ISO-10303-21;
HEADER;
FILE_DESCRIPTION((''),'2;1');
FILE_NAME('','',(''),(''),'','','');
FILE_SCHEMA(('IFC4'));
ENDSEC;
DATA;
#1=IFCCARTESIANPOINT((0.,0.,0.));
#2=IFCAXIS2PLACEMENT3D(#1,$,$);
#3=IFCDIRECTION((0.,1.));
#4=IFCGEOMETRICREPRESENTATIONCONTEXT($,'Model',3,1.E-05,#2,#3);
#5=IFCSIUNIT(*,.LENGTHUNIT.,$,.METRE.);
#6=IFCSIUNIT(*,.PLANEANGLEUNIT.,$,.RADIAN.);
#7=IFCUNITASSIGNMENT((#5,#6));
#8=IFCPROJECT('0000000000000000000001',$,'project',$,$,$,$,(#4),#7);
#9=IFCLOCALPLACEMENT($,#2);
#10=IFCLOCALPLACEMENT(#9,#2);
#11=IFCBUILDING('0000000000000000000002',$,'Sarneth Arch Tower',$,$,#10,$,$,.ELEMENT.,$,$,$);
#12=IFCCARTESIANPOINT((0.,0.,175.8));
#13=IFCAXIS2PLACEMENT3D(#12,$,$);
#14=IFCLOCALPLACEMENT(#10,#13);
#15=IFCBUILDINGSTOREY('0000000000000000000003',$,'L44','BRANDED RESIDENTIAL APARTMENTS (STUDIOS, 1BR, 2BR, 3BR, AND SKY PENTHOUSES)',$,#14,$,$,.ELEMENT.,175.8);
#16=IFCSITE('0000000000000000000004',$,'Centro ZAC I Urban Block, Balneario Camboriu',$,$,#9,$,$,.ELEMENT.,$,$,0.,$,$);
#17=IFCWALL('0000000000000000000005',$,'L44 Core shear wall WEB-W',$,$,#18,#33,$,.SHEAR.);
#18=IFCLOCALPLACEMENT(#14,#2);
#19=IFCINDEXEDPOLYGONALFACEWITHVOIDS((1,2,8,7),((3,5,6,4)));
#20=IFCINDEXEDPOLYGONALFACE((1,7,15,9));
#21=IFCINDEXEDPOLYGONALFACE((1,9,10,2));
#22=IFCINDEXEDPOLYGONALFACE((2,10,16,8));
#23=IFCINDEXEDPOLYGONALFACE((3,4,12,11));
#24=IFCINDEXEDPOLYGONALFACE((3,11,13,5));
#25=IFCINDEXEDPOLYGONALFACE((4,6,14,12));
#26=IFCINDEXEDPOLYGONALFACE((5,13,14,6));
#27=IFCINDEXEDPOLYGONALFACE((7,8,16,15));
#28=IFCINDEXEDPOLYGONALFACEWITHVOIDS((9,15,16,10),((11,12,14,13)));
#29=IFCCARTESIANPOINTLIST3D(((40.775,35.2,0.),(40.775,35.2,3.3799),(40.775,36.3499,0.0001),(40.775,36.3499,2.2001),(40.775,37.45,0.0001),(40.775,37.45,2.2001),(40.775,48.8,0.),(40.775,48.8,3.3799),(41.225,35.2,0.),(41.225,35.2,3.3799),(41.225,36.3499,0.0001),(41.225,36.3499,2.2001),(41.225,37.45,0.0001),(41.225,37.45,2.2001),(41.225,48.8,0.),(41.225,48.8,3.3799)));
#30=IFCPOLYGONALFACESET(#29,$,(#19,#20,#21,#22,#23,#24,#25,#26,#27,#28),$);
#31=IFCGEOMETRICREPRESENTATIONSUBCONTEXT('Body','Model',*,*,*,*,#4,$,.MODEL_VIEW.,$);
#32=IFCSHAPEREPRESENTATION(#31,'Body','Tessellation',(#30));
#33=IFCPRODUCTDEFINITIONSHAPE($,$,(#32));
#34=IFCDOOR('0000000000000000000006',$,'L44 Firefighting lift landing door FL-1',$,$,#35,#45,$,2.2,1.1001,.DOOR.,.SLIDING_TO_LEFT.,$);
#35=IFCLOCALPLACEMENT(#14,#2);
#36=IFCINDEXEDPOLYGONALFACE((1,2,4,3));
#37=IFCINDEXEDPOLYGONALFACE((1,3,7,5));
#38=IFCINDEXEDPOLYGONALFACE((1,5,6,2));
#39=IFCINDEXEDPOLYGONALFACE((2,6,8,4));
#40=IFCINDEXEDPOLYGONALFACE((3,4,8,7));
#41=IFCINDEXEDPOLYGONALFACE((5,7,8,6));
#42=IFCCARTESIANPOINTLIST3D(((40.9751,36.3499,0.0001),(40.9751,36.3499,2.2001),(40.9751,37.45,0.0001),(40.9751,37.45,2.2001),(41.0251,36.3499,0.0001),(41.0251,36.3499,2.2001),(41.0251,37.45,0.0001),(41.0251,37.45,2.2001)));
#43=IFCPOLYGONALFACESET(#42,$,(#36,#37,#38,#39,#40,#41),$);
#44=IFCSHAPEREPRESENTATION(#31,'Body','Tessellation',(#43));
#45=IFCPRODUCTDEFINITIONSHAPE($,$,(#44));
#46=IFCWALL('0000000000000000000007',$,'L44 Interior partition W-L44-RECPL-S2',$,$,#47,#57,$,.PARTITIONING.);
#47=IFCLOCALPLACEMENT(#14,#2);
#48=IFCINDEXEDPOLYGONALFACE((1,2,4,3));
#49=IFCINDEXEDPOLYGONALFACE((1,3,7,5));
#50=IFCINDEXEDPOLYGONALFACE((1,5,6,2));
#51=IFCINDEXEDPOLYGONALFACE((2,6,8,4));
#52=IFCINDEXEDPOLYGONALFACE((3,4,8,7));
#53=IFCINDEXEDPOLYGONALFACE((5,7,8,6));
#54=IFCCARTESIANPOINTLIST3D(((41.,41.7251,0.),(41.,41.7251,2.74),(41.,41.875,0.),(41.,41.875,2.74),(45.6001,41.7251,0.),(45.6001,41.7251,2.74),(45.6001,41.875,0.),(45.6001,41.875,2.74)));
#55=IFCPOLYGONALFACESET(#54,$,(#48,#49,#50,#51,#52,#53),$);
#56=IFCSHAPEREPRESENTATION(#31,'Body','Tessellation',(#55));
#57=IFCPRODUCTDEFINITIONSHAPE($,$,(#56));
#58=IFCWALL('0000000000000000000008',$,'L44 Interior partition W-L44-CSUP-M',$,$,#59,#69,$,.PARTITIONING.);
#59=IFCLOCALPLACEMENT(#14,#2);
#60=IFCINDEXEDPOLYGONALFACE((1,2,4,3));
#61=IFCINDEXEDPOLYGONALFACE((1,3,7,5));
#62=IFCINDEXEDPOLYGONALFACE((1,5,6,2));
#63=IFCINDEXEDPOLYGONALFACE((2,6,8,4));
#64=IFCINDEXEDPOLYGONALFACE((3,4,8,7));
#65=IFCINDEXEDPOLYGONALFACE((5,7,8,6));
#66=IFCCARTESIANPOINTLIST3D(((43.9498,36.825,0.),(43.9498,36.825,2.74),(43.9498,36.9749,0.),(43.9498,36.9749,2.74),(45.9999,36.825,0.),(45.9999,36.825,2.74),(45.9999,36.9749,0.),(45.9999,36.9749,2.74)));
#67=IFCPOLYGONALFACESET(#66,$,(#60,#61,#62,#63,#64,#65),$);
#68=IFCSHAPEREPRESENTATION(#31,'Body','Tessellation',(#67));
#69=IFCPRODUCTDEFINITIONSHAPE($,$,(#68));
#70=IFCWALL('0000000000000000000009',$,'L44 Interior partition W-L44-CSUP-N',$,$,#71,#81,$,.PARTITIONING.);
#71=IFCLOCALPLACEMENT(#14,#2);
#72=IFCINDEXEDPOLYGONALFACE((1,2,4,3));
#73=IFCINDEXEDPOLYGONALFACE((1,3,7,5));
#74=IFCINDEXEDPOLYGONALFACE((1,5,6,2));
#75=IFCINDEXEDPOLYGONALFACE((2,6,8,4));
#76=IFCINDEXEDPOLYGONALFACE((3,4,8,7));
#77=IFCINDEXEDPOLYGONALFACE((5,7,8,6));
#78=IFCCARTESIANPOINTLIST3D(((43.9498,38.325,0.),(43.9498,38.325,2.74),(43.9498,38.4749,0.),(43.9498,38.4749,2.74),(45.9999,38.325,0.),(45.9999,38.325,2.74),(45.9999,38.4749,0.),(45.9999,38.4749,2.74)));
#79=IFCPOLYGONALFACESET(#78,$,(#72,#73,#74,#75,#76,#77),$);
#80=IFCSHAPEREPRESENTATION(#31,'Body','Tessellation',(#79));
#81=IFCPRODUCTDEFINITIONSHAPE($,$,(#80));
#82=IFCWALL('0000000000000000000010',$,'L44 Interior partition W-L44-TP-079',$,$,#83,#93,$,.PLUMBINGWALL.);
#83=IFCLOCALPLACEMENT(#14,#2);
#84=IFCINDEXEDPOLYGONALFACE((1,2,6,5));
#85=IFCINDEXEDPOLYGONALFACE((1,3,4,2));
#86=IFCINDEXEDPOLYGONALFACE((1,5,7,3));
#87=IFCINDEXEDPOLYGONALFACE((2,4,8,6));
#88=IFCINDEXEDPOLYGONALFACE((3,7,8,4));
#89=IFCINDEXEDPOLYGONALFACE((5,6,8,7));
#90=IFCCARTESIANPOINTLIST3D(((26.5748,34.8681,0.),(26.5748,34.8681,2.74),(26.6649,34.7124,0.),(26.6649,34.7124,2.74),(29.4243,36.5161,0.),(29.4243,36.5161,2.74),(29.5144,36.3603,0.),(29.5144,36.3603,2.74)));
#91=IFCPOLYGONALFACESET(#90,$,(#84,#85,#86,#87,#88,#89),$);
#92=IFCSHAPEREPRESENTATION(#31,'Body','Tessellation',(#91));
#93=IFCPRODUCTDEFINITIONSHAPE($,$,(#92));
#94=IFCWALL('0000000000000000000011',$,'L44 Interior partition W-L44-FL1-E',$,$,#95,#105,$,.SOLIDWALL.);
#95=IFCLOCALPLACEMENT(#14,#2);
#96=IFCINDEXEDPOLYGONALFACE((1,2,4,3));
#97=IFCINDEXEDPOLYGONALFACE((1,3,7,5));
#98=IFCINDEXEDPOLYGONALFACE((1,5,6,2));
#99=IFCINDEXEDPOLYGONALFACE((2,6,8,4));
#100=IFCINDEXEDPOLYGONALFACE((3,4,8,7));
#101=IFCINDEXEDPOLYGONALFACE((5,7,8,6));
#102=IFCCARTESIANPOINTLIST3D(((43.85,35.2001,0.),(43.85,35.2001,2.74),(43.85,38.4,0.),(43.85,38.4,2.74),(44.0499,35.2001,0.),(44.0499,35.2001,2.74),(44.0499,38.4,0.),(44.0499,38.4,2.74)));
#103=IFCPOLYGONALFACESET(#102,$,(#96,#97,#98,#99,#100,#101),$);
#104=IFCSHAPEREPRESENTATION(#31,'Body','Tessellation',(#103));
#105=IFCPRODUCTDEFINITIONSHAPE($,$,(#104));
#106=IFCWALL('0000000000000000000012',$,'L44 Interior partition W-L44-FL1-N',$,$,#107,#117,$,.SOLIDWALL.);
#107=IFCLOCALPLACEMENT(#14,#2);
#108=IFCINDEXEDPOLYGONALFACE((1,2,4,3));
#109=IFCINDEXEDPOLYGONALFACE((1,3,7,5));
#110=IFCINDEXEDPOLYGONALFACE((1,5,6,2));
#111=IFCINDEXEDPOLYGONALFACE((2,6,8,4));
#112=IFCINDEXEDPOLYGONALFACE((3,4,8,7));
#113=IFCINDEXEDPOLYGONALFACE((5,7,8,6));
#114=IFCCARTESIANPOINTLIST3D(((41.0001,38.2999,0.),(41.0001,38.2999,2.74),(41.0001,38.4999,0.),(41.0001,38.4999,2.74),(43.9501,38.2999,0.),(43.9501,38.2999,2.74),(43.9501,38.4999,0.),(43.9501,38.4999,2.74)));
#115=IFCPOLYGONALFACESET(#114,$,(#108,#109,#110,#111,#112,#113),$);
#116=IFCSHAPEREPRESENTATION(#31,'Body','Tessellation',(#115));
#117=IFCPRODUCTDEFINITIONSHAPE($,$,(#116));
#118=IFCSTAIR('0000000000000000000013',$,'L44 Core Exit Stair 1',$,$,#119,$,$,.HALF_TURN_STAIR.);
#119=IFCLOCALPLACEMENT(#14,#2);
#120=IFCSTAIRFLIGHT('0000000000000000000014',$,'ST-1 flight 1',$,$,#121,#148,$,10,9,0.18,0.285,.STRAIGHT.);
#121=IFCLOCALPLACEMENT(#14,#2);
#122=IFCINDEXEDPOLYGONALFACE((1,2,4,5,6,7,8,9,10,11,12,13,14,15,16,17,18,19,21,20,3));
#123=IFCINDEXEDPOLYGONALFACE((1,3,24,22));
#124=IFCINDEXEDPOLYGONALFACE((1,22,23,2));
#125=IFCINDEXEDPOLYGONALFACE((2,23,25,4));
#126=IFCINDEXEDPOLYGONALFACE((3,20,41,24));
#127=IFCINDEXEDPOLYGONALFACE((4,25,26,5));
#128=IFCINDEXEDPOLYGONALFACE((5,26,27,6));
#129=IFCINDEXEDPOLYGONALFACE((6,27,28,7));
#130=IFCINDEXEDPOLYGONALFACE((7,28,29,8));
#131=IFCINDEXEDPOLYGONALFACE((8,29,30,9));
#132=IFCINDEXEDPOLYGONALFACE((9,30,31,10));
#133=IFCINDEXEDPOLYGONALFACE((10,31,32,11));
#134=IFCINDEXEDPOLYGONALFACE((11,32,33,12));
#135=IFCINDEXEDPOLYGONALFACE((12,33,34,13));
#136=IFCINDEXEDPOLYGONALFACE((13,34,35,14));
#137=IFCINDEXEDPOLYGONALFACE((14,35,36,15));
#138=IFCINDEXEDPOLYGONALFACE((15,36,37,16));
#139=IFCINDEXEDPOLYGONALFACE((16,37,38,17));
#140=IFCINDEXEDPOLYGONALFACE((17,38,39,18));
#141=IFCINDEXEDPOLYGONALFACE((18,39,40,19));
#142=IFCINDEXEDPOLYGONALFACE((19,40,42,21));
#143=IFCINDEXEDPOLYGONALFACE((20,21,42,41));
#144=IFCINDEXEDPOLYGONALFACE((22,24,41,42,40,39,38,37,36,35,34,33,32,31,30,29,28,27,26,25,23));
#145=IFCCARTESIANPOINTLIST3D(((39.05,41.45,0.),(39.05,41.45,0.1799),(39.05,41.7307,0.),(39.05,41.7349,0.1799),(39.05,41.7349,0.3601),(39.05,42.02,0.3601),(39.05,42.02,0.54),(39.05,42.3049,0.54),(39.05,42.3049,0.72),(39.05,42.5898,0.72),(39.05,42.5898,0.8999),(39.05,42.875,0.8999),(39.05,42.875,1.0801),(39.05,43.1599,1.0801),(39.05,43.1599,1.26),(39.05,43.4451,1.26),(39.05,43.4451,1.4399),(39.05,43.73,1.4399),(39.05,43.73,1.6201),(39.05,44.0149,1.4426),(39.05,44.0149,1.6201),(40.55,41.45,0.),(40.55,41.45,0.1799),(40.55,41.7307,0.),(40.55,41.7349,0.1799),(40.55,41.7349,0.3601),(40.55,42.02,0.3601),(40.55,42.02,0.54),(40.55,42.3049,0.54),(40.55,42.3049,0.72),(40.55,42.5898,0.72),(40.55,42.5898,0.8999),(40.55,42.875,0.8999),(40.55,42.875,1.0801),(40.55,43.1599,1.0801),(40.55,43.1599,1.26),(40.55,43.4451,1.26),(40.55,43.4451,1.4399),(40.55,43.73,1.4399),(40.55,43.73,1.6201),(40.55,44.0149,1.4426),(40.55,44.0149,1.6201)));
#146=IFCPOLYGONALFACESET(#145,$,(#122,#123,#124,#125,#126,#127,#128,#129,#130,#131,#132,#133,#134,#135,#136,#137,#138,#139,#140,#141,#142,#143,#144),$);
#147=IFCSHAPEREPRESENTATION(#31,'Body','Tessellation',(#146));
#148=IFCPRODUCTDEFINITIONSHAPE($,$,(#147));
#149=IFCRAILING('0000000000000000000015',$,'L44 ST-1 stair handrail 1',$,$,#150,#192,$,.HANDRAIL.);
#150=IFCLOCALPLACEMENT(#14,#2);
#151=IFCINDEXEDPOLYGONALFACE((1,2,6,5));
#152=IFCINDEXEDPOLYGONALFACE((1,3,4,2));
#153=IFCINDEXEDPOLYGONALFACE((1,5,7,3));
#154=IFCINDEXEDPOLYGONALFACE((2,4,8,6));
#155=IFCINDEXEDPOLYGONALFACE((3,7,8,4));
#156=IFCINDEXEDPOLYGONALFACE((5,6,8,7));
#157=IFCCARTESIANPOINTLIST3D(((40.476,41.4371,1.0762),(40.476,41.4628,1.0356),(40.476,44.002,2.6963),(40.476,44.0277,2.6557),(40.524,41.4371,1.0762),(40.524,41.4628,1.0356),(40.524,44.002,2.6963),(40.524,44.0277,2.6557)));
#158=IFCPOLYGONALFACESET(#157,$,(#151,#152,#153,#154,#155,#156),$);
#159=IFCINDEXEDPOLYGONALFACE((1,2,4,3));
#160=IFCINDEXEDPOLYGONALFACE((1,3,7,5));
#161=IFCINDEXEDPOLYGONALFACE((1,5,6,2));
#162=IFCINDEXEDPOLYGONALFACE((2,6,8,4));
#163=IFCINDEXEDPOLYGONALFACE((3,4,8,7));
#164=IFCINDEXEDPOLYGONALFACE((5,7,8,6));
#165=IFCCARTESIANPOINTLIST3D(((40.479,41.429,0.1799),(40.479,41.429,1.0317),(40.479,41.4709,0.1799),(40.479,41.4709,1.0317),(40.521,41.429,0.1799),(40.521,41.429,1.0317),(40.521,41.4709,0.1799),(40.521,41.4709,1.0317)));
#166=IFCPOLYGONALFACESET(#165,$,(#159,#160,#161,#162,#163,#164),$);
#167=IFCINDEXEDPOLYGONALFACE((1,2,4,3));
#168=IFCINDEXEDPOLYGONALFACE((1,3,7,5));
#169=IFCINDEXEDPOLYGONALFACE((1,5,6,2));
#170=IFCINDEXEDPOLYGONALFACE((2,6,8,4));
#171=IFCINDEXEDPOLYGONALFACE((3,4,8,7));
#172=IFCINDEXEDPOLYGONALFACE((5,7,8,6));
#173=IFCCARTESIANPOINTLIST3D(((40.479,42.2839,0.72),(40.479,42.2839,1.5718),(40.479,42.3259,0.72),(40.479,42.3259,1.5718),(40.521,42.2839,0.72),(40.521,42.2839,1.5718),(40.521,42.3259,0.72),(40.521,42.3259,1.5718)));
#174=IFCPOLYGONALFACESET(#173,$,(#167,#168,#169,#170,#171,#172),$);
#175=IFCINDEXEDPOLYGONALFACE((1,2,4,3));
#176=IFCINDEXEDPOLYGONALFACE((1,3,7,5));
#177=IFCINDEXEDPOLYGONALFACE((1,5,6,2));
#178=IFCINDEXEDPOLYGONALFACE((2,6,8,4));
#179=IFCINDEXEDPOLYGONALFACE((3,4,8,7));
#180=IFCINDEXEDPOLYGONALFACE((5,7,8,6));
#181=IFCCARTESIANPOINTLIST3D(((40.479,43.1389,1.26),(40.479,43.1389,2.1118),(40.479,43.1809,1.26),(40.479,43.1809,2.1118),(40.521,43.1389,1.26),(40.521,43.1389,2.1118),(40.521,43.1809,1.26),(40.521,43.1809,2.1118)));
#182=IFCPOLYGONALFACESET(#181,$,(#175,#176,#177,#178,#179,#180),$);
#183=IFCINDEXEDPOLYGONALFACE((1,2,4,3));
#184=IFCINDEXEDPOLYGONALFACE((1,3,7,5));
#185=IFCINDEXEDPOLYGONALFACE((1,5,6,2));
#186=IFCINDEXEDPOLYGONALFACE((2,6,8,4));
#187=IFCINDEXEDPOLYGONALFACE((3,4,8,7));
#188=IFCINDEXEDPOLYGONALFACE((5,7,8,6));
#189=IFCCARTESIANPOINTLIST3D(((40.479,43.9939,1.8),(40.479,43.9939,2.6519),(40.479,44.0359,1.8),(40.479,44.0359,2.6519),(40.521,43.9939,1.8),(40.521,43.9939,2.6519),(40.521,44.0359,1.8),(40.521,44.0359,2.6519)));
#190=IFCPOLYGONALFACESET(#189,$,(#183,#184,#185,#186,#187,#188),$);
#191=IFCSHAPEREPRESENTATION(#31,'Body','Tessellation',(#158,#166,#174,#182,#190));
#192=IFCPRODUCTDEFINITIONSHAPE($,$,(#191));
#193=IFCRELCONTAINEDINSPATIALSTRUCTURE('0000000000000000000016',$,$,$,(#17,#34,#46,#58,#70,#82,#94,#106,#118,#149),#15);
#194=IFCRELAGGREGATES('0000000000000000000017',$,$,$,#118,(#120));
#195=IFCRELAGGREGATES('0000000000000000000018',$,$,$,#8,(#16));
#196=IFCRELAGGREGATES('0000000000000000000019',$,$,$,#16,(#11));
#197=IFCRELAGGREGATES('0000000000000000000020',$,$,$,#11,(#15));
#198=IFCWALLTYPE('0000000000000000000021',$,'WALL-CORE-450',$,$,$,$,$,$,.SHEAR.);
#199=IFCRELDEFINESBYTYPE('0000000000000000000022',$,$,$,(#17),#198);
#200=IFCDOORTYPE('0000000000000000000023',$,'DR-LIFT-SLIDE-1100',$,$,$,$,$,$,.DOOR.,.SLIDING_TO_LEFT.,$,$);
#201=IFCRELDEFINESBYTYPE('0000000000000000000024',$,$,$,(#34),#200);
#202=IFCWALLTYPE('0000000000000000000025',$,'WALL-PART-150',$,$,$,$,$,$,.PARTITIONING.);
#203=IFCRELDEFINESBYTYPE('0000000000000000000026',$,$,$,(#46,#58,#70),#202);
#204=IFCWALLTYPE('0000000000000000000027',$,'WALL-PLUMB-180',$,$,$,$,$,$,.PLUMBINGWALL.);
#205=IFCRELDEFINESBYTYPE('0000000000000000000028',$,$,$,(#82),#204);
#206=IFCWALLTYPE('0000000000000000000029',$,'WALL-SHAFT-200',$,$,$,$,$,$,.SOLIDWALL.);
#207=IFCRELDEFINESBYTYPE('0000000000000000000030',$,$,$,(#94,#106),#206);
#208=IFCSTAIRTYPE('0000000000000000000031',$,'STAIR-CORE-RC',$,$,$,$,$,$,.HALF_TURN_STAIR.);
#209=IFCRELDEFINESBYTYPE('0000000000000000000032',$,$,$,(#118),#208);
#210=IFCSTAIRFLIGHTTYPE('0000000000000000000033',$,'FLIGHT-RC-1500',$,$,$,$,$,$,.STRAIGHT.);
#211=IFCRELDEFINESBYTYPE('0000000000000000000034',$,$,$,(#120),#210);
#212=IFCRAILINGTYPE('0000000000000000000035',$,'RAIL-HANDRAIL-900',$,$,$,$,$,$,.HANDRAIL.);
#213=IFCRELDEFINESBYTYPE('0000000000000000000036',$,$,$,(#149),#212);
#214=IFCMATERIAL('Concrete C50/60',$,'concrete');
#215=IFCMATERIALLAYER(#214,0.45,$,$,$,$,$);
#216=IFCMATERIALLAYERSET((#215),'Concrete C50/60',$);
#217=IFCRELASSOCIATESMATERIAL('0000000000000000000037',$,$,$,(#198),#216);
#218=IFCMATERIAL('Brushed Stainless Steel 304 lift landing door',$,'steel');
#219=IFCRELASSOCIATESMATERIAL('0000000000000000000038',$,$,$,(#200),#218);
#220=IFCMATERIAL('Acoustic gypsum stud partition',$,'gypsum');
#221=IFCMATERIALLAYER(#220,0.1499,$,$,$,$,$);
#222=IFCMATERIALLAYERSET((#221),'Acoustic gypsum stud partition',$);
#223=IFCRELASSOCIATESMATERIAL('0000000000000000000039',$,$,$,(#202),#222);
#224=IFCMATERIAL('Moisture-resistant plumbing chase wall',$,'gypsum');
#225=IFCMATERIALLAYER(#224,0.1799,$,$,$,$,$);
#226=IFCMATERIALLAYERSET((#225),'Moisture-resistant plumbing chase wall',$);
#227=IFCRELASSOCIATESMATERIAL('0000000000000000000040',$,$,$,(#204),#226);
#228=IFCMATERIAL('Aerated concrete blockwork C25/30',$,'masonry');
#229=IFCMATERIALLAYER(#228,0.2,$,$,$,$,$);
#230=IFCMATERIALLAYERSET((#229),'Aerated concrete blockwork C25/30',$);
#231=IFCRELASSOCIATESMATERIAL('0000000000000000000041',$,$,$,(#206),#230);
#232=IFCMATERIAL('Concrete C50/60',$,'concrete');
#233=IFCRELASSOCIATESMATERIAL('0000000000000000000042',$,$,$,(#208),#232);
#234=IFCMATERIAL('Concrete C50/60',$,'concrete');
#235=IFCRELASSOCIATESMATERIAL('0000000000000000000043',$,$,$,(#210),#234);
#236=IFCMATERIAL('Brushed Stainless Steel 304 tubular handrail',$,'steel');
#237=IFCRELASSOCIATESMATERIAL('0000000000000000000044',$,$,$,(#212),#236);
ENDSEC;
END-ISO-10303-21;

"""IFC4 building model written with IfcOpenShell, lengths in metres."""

from ifc_helpers import new_model, si_unit, direction, frame, frame_2d, origin, origin_2d, place, context, subcontext, project, spatial, polyline, rectangle, outline, extrude, material, layer, layer_set, type_object, element, fill, aggregate, save


model = new_model("IFC4")

# Units and contexts
model_context = context("Model", 3, precision=1e-05, world=origin(), true_north=direction((0.0, 1.0)))
body_context = subcontext(model_context, "Body", "Model", "MODEL_VIEW")
ifc_project = project(units=[si_unit("LENGTHUNIT", "METRE"), si_unit("PLANEANGLEUNIT", "RADIAN")], contexts=[model_context])

# Site, building, storey
site_placement = place(None, origin())
site = spatial("IfcSite", under=ifc_project, at=site_placement, Name="Centro ZAC I Urban Block, Balneario Camboriu", CompositionType="ELEMENT", RefElevation=0.0)
building_placement = place(site_placement, origin())
building = spatial("IfcBuilding", under=site, at=building_placement, Name="Sarneth Arch Tower", CompositionType="ELEMENT")
storey_placement = place(building_placement, frame((0.0, 0.0, 175.8)))
storey = spatial("IfcBuildingStorey", under=building, at=storey_placement, Name="L44", Description="BRANDED RESIDENTIAL APARTMENTS (STUDIOS, 1BR, 2BR, 3BR, AND SKY PENTHOUSES)", CompositionType="ELEMENT", Elevation=175.8)

# Shared definitions
ifc_material_1 = material(Name="Concrete C50/60", Category="concrete")
ifc_layer_1 = layer(ifc_material_1, 0.45)
ifc_layer_set_1 = layer_set([ifc_layer_1], Name="Concrete C50/60")
wall_type_1 = type_object("IfcWallType", Name="WALL-CORE-450", PredefinedType="SHEAR", material=ifc_layer_set_1)

# Wall, opening, door
wall_1_placement = place(storey_placement, frame((41.0, 35.2, 0.0), z_axis=(0.0, 0.0, 1.0), x_axis=(0.0, 1.0, 0.0)))
wall_1 = element("IfcWall", 1, at=wall_1_placement, inside=storey, type_object=wall_type_1, Name="L44 Core shear wall WEB-W", PredefinedType="SHEAR", context=body_context, shape_type="SweptSolid", body=[
    extrude(rectangle(XDim=13.6001, YDim=0.45, at=frame_2d((6.8, 0.0))), origin(), (0.0, 0.0, 1.0), 3.3799),
])
opening_1_placement = place(wall_1_placement, frame((1.1499, 0.0, 0.0)))
opening_1 = element("IfcOpeningElement", 2, at=opening_1_placement, cuts=wall_1, PredefinedType="OPENING", context=body_context, shape_type="SweptSolid", body=[
    extrude(rectangle(XDim=1.1001, YDim=2.2, at=frame_2d((0.55, 1.1001))), frame((0.0, 0.2349, 0.0), z_axis=(0.0, -1.0, 0.0), x_axis=(1.0, 0.0, 0.0)), (0.0, 0.0, 1.0), 0.47),
])
ifc_material_2 = material(Name="Brushed Stainless Steel 304 lift landing door", Category="steel")
door_type_1 = type_object("IfcDoorType", Name="DR-LIFT-SLIDE-1100", OperationType="SLIDING_TO_LEFT", PredefinedType="DOOR", material=ifc_material_2)
door_1_placement = place(opening_1_placement, origin())
door_1 = element("IfcDoor", 3, at=door_1_placement, inside=storey, type_object=door_type_1, Name="L44 Firefighting lift landing door FL-1", OperationType="SLIDING_TO_LEFT", OverallHeight=2.2, OverallWidth=1.1001, PredefinedType="DOOR", context=body_context, shape_type="SweptSolid", body=[
    extrude(rectangle(XDim=1.1001, YDim=2.2, at=frame_2d((0.55, 1.1001))), frame((0.0, 0.0249, 0.0), z_axis=(0.0, -1.0, 0.0), x_axis=(1.0, 0.0, 0.0)), (0.0, 0.0, 1.0), 0.05),
])
fill(opening_1, door_1)
ifc_material_3 = material(Name="Acoustic gypsum stud partition", Category="gypsum")
ifc_layer_2 = layer(ifc_material_3, 0.1499)
ifc_layer_set_2 = layer_set([ifc_layer_2], Name="Acoustic gypsum stud partition")
wall_type_2 = type_object("IfcWallType", Name="WALL-PART-150", PredefinedType="PARTITIONING", material=ifc_layer_set_2)

# Wall
wall_2_placement = place(storey_placement, frame((41.0, 41.8, 0.0), z_axis=(0.0, 0.0, 1.0), x_axis=(1.0, 0.0, 0.0)))
element("IfcWall", 4, at=wall_2_placement, inside=storey, type_object=wall_type_2, Name="L44 Interior partition W-L44-RECPL-S2", PredefinedType="PARTITIONING", context=body_context, shape_type="SweptSolid", body=[
    extrude(rectangle(XDim=4.6001, YDim=0.1499, at=frame_2d((2.3, 0.0))), origin(), (0.0, 0.0, 1.0), 2.74),
])

# Walls
for number, where, z_axis, x_axis, name in (
    (5, (43.95, 36.8999, 0.0), (0.0, 0.0, 1.0), (1.0, 0.0, 0.0), "L44 Interior partition W-L44-CSUP-M"),
    (6, (43.95, 38.3999, 0.0), (0.0, 0.0, 1.0), (1.0, 0.0, 0.0), "L44 Interior partition W-L44-CSUP-N"),
):
    element("IfcWall", number, at=place(storey_placement, frame(where, z_axis=z_axis, x_axis=x_axis)), inside=storey, type_object=wall_type_2, Name=name, PredefinedType="PARTITIONING", context=body_context, shape_type="SweptSolid", body=[
        extrude(rectangle(XDim=2.05, YDim=0.1499, at=frame_2d((1.0249, 0.0))), origin(), (0.0, 0.0, 1.0), 2.74),
    ])

# Wall
ifc_material_4 = material(Name="Moisture-resistant plumbing chase wall", Category="gypsum")
ifc_layer_3 = layer(ifc_material_4, 0.1799)
ifc_layer_set_3 = layer_set([ifc_layer_3], Name="Moisture-resistant plumbing chase wall")
wall_type_3 = type_object("IfcWallType", Name="WALL-PLUMB-180", PredefinedType="PLUMBINGWALL", material=ifc_layer_set_3)
wall_3_placement = place(storey_placement, frame((29.4695, 36.4382, 0.0), z_axis=(0.0, 0.0, 1.0), x_axis=(-0.865667, -0.500621, 0.0)))
element("IfcWall", 7, at=wall_3_placement, inside=storey, type_object=wall_type_3, Name="L44 Interior partition W-L44-TP-079", PredefinedType="PLUMBINGWALL", context=body_context, shape_type="SweptSolid", body=[
    extrude(rectangle(XDim=3.2917, YDim=0.1799, at=frame_2d((1.646, 0.0))), origin(), (0.0, 0.0, 1.0), 2.74),
])

# Shared definitions
ifc_material_5 = material(Name="Aerated concrete blockwork C25/30", Category="masonry")
ifc_layer_4 = layer(ifc_material_5, 0.2)
ifc_layer_set_4 = layer_set([ifc_layer_4], Name="Aerated concrete blockwork C25/30")
wall_type_4 = type_object("IfcWallType", Name="WALL-SHAFT-200", PredefinedType="SOLIDWALL", material=ifc_layer_set_4)

# Walls
wall_4_placement = place(storey_placement, frame((43.95, 35.2, 0.0), z_axis=(0.0, 0.0, 1.0), x_axis=(0.0, 1.0, 0.0)))
element("IfcWall", 8, at=wall_4_placement, inside=storey, type_object=wall_type_4, Name="L44 Interior partition W-L44-FL1-E", PredefinedType="SOLIDWALL", context=body_context, shape_type="SweptSolid", body=[
    extrude(rectangle(XDim=3.2, YDim=0.2, at=frame_2d((1.6001, 0.0))), origin(), (0.0, 0.0, 1.0), 2.74),
])
wall_5_placement = place(storey_placement, frame((41.0, 38.3999, 0.0), z_axis=(0.0, 0.0, 1.0), x_axis=(1.0, 0.0, 0.0)))
element("IfcWall", 9, at=wall_5_placement, inside=storey, type_object=wall_type_4, Name="L44 Interior partition W-L44-FL1-N", PredefinedType="SOLIDWALL", context=body_context, shape_type="SweptSolid", body=[
    extrude(rectangle(XDim=2.95, YDim=0.2, at=frame_2d((1.4751, 0.0))), origin(), (0.0, 0.0, 1.0), 2.74),
])

# Stair, stair flight
ifc_material_6 = material(Name="Concrete C50/60", Category="concrete")
stair_type = type_object("IfcStairType", Name="STAIR-CORE-RC", PredefinedType="HALF_TURN_STAIR", material=ifc_material_6)
stair_placement = place(storey_placement, origin())
stair = element("IfcStair", 10, at=stair_placement, inside=storey, type_object=stair_type, Name="L44 Core Exit Stair 1", PredefinedType="HALF_TURN_STAIR")
ifc_material_7 = material(Name="Concrete C50/60", Category="concrete")
stair_flight_type = type_object("IfcStairFlightType", Name="FLIGHT-RC-1500", PredefinedType="STRAIGHT", material=ifc_material_7)
stair_flight_placement = place(storey_placement, frame((39.8, 41.45, 0.0), z_axis=(0.0, 0.0, 1.0), x_axis=(0.0, 1.0, 0.0)))
stair_flight = element("IfcStairFlight", 11, at=stair_flight_placement, type_object=stair_flight_type, Name="ST-1 flight 1", NumberOfRisers=10, NumberOfTreads=9, PredefinedType="STRAIGHT", RiserHeight=0.18, TreadLength=0.285, context=body_context, shape_type="SweptSolid", body=[
    extrude(outline(polyline([(0.0, 0.0), (0.0, 0.1799), (0.2849, 0.1799), (0.2849, 0.3601), (0.5701, 0.3601), (0.5701, 0.54), (0.855, 0.54), (0.855, 0.72), (1.1399, 0.72), (1.1399, 0.8999), (1.425, 0.8999), (1.425, 1.0801), (1.71, 1.0801), (1.71, 1.26), (1.9951, 1.26), (1.9951, 1.4399), (2.28, 1.4399), (2.28, 1.6201), (2.5649, 1.6201), (2.5649, 1.8), (2.5649, 1.4426), (0.2808, 0.0), (0.0, 0.0)])), frame((0.0, 0.75, 0.0), z_axis=(0.0, -1.0, 0.0), x_axis=(1.0, 0.0, 0.0)), (0.0, 0.0, 1.0), 1.5),
])
aggregate(stair, [stair_flight])

# Railing
ifc_material_8 = material(Name="Brushed Stainless Steel 304 tubular handrail", Category="steel")
railing_type_1 = type_object("IfcRailingType", Name="RAIL-HANDRAIL-900", PredefinedType="HANDRAIL", material=ifc_material_8)
railing_1_placement = place(storey_placement, frame((40.5, 41.45, 0.1799)))
element("IfcRailing", 12, at=railing_1_placement, inside=storey, type_object=railing_type_1, Name="L44 ST-1 stair handrail 1", PredefinedType="HANDRAIL", context=body_context, shape_type="SweptSolid", body=[
    extrude(rectangle(XDim=0.0481, YDim=0.0481, at=origin_2d()), frame((0.0, 0.0, 0.876), z_axis=(0.0, 0.845466, 0.534029), x_axis=(-1.0, 0.0, 0.0)), (0.0, 0.0, 1.0), 3.0337),
    extrude(rectangle(XDim=0.042, YDim=0.042, at=origin_2d()), origin(), (0.0, 0.0, 1.0), 0.8518),
    extrude(rectangle(XDim=0.042, YDim=0.042, at=origin_2d()), frame((0.0, 0.855, 0.54)), (0.0, 0.0, 1.0), 0.8518),
    extrude(rectangle(XDim=0.042, YDim=0.042, at=origin_2d()), frame((0.0, 1.71, 1.0801)), (0.0, 0.0, 1.0), 0.8518),
    extrude(rectangle(XDim=0.042, YDim=0.042, at=origin_2d()), frame((0.0, 2.5649, 1.6201)), (0.0, 0.0, 1.0), 0.8518),
])

save(model, "model.ifc")
